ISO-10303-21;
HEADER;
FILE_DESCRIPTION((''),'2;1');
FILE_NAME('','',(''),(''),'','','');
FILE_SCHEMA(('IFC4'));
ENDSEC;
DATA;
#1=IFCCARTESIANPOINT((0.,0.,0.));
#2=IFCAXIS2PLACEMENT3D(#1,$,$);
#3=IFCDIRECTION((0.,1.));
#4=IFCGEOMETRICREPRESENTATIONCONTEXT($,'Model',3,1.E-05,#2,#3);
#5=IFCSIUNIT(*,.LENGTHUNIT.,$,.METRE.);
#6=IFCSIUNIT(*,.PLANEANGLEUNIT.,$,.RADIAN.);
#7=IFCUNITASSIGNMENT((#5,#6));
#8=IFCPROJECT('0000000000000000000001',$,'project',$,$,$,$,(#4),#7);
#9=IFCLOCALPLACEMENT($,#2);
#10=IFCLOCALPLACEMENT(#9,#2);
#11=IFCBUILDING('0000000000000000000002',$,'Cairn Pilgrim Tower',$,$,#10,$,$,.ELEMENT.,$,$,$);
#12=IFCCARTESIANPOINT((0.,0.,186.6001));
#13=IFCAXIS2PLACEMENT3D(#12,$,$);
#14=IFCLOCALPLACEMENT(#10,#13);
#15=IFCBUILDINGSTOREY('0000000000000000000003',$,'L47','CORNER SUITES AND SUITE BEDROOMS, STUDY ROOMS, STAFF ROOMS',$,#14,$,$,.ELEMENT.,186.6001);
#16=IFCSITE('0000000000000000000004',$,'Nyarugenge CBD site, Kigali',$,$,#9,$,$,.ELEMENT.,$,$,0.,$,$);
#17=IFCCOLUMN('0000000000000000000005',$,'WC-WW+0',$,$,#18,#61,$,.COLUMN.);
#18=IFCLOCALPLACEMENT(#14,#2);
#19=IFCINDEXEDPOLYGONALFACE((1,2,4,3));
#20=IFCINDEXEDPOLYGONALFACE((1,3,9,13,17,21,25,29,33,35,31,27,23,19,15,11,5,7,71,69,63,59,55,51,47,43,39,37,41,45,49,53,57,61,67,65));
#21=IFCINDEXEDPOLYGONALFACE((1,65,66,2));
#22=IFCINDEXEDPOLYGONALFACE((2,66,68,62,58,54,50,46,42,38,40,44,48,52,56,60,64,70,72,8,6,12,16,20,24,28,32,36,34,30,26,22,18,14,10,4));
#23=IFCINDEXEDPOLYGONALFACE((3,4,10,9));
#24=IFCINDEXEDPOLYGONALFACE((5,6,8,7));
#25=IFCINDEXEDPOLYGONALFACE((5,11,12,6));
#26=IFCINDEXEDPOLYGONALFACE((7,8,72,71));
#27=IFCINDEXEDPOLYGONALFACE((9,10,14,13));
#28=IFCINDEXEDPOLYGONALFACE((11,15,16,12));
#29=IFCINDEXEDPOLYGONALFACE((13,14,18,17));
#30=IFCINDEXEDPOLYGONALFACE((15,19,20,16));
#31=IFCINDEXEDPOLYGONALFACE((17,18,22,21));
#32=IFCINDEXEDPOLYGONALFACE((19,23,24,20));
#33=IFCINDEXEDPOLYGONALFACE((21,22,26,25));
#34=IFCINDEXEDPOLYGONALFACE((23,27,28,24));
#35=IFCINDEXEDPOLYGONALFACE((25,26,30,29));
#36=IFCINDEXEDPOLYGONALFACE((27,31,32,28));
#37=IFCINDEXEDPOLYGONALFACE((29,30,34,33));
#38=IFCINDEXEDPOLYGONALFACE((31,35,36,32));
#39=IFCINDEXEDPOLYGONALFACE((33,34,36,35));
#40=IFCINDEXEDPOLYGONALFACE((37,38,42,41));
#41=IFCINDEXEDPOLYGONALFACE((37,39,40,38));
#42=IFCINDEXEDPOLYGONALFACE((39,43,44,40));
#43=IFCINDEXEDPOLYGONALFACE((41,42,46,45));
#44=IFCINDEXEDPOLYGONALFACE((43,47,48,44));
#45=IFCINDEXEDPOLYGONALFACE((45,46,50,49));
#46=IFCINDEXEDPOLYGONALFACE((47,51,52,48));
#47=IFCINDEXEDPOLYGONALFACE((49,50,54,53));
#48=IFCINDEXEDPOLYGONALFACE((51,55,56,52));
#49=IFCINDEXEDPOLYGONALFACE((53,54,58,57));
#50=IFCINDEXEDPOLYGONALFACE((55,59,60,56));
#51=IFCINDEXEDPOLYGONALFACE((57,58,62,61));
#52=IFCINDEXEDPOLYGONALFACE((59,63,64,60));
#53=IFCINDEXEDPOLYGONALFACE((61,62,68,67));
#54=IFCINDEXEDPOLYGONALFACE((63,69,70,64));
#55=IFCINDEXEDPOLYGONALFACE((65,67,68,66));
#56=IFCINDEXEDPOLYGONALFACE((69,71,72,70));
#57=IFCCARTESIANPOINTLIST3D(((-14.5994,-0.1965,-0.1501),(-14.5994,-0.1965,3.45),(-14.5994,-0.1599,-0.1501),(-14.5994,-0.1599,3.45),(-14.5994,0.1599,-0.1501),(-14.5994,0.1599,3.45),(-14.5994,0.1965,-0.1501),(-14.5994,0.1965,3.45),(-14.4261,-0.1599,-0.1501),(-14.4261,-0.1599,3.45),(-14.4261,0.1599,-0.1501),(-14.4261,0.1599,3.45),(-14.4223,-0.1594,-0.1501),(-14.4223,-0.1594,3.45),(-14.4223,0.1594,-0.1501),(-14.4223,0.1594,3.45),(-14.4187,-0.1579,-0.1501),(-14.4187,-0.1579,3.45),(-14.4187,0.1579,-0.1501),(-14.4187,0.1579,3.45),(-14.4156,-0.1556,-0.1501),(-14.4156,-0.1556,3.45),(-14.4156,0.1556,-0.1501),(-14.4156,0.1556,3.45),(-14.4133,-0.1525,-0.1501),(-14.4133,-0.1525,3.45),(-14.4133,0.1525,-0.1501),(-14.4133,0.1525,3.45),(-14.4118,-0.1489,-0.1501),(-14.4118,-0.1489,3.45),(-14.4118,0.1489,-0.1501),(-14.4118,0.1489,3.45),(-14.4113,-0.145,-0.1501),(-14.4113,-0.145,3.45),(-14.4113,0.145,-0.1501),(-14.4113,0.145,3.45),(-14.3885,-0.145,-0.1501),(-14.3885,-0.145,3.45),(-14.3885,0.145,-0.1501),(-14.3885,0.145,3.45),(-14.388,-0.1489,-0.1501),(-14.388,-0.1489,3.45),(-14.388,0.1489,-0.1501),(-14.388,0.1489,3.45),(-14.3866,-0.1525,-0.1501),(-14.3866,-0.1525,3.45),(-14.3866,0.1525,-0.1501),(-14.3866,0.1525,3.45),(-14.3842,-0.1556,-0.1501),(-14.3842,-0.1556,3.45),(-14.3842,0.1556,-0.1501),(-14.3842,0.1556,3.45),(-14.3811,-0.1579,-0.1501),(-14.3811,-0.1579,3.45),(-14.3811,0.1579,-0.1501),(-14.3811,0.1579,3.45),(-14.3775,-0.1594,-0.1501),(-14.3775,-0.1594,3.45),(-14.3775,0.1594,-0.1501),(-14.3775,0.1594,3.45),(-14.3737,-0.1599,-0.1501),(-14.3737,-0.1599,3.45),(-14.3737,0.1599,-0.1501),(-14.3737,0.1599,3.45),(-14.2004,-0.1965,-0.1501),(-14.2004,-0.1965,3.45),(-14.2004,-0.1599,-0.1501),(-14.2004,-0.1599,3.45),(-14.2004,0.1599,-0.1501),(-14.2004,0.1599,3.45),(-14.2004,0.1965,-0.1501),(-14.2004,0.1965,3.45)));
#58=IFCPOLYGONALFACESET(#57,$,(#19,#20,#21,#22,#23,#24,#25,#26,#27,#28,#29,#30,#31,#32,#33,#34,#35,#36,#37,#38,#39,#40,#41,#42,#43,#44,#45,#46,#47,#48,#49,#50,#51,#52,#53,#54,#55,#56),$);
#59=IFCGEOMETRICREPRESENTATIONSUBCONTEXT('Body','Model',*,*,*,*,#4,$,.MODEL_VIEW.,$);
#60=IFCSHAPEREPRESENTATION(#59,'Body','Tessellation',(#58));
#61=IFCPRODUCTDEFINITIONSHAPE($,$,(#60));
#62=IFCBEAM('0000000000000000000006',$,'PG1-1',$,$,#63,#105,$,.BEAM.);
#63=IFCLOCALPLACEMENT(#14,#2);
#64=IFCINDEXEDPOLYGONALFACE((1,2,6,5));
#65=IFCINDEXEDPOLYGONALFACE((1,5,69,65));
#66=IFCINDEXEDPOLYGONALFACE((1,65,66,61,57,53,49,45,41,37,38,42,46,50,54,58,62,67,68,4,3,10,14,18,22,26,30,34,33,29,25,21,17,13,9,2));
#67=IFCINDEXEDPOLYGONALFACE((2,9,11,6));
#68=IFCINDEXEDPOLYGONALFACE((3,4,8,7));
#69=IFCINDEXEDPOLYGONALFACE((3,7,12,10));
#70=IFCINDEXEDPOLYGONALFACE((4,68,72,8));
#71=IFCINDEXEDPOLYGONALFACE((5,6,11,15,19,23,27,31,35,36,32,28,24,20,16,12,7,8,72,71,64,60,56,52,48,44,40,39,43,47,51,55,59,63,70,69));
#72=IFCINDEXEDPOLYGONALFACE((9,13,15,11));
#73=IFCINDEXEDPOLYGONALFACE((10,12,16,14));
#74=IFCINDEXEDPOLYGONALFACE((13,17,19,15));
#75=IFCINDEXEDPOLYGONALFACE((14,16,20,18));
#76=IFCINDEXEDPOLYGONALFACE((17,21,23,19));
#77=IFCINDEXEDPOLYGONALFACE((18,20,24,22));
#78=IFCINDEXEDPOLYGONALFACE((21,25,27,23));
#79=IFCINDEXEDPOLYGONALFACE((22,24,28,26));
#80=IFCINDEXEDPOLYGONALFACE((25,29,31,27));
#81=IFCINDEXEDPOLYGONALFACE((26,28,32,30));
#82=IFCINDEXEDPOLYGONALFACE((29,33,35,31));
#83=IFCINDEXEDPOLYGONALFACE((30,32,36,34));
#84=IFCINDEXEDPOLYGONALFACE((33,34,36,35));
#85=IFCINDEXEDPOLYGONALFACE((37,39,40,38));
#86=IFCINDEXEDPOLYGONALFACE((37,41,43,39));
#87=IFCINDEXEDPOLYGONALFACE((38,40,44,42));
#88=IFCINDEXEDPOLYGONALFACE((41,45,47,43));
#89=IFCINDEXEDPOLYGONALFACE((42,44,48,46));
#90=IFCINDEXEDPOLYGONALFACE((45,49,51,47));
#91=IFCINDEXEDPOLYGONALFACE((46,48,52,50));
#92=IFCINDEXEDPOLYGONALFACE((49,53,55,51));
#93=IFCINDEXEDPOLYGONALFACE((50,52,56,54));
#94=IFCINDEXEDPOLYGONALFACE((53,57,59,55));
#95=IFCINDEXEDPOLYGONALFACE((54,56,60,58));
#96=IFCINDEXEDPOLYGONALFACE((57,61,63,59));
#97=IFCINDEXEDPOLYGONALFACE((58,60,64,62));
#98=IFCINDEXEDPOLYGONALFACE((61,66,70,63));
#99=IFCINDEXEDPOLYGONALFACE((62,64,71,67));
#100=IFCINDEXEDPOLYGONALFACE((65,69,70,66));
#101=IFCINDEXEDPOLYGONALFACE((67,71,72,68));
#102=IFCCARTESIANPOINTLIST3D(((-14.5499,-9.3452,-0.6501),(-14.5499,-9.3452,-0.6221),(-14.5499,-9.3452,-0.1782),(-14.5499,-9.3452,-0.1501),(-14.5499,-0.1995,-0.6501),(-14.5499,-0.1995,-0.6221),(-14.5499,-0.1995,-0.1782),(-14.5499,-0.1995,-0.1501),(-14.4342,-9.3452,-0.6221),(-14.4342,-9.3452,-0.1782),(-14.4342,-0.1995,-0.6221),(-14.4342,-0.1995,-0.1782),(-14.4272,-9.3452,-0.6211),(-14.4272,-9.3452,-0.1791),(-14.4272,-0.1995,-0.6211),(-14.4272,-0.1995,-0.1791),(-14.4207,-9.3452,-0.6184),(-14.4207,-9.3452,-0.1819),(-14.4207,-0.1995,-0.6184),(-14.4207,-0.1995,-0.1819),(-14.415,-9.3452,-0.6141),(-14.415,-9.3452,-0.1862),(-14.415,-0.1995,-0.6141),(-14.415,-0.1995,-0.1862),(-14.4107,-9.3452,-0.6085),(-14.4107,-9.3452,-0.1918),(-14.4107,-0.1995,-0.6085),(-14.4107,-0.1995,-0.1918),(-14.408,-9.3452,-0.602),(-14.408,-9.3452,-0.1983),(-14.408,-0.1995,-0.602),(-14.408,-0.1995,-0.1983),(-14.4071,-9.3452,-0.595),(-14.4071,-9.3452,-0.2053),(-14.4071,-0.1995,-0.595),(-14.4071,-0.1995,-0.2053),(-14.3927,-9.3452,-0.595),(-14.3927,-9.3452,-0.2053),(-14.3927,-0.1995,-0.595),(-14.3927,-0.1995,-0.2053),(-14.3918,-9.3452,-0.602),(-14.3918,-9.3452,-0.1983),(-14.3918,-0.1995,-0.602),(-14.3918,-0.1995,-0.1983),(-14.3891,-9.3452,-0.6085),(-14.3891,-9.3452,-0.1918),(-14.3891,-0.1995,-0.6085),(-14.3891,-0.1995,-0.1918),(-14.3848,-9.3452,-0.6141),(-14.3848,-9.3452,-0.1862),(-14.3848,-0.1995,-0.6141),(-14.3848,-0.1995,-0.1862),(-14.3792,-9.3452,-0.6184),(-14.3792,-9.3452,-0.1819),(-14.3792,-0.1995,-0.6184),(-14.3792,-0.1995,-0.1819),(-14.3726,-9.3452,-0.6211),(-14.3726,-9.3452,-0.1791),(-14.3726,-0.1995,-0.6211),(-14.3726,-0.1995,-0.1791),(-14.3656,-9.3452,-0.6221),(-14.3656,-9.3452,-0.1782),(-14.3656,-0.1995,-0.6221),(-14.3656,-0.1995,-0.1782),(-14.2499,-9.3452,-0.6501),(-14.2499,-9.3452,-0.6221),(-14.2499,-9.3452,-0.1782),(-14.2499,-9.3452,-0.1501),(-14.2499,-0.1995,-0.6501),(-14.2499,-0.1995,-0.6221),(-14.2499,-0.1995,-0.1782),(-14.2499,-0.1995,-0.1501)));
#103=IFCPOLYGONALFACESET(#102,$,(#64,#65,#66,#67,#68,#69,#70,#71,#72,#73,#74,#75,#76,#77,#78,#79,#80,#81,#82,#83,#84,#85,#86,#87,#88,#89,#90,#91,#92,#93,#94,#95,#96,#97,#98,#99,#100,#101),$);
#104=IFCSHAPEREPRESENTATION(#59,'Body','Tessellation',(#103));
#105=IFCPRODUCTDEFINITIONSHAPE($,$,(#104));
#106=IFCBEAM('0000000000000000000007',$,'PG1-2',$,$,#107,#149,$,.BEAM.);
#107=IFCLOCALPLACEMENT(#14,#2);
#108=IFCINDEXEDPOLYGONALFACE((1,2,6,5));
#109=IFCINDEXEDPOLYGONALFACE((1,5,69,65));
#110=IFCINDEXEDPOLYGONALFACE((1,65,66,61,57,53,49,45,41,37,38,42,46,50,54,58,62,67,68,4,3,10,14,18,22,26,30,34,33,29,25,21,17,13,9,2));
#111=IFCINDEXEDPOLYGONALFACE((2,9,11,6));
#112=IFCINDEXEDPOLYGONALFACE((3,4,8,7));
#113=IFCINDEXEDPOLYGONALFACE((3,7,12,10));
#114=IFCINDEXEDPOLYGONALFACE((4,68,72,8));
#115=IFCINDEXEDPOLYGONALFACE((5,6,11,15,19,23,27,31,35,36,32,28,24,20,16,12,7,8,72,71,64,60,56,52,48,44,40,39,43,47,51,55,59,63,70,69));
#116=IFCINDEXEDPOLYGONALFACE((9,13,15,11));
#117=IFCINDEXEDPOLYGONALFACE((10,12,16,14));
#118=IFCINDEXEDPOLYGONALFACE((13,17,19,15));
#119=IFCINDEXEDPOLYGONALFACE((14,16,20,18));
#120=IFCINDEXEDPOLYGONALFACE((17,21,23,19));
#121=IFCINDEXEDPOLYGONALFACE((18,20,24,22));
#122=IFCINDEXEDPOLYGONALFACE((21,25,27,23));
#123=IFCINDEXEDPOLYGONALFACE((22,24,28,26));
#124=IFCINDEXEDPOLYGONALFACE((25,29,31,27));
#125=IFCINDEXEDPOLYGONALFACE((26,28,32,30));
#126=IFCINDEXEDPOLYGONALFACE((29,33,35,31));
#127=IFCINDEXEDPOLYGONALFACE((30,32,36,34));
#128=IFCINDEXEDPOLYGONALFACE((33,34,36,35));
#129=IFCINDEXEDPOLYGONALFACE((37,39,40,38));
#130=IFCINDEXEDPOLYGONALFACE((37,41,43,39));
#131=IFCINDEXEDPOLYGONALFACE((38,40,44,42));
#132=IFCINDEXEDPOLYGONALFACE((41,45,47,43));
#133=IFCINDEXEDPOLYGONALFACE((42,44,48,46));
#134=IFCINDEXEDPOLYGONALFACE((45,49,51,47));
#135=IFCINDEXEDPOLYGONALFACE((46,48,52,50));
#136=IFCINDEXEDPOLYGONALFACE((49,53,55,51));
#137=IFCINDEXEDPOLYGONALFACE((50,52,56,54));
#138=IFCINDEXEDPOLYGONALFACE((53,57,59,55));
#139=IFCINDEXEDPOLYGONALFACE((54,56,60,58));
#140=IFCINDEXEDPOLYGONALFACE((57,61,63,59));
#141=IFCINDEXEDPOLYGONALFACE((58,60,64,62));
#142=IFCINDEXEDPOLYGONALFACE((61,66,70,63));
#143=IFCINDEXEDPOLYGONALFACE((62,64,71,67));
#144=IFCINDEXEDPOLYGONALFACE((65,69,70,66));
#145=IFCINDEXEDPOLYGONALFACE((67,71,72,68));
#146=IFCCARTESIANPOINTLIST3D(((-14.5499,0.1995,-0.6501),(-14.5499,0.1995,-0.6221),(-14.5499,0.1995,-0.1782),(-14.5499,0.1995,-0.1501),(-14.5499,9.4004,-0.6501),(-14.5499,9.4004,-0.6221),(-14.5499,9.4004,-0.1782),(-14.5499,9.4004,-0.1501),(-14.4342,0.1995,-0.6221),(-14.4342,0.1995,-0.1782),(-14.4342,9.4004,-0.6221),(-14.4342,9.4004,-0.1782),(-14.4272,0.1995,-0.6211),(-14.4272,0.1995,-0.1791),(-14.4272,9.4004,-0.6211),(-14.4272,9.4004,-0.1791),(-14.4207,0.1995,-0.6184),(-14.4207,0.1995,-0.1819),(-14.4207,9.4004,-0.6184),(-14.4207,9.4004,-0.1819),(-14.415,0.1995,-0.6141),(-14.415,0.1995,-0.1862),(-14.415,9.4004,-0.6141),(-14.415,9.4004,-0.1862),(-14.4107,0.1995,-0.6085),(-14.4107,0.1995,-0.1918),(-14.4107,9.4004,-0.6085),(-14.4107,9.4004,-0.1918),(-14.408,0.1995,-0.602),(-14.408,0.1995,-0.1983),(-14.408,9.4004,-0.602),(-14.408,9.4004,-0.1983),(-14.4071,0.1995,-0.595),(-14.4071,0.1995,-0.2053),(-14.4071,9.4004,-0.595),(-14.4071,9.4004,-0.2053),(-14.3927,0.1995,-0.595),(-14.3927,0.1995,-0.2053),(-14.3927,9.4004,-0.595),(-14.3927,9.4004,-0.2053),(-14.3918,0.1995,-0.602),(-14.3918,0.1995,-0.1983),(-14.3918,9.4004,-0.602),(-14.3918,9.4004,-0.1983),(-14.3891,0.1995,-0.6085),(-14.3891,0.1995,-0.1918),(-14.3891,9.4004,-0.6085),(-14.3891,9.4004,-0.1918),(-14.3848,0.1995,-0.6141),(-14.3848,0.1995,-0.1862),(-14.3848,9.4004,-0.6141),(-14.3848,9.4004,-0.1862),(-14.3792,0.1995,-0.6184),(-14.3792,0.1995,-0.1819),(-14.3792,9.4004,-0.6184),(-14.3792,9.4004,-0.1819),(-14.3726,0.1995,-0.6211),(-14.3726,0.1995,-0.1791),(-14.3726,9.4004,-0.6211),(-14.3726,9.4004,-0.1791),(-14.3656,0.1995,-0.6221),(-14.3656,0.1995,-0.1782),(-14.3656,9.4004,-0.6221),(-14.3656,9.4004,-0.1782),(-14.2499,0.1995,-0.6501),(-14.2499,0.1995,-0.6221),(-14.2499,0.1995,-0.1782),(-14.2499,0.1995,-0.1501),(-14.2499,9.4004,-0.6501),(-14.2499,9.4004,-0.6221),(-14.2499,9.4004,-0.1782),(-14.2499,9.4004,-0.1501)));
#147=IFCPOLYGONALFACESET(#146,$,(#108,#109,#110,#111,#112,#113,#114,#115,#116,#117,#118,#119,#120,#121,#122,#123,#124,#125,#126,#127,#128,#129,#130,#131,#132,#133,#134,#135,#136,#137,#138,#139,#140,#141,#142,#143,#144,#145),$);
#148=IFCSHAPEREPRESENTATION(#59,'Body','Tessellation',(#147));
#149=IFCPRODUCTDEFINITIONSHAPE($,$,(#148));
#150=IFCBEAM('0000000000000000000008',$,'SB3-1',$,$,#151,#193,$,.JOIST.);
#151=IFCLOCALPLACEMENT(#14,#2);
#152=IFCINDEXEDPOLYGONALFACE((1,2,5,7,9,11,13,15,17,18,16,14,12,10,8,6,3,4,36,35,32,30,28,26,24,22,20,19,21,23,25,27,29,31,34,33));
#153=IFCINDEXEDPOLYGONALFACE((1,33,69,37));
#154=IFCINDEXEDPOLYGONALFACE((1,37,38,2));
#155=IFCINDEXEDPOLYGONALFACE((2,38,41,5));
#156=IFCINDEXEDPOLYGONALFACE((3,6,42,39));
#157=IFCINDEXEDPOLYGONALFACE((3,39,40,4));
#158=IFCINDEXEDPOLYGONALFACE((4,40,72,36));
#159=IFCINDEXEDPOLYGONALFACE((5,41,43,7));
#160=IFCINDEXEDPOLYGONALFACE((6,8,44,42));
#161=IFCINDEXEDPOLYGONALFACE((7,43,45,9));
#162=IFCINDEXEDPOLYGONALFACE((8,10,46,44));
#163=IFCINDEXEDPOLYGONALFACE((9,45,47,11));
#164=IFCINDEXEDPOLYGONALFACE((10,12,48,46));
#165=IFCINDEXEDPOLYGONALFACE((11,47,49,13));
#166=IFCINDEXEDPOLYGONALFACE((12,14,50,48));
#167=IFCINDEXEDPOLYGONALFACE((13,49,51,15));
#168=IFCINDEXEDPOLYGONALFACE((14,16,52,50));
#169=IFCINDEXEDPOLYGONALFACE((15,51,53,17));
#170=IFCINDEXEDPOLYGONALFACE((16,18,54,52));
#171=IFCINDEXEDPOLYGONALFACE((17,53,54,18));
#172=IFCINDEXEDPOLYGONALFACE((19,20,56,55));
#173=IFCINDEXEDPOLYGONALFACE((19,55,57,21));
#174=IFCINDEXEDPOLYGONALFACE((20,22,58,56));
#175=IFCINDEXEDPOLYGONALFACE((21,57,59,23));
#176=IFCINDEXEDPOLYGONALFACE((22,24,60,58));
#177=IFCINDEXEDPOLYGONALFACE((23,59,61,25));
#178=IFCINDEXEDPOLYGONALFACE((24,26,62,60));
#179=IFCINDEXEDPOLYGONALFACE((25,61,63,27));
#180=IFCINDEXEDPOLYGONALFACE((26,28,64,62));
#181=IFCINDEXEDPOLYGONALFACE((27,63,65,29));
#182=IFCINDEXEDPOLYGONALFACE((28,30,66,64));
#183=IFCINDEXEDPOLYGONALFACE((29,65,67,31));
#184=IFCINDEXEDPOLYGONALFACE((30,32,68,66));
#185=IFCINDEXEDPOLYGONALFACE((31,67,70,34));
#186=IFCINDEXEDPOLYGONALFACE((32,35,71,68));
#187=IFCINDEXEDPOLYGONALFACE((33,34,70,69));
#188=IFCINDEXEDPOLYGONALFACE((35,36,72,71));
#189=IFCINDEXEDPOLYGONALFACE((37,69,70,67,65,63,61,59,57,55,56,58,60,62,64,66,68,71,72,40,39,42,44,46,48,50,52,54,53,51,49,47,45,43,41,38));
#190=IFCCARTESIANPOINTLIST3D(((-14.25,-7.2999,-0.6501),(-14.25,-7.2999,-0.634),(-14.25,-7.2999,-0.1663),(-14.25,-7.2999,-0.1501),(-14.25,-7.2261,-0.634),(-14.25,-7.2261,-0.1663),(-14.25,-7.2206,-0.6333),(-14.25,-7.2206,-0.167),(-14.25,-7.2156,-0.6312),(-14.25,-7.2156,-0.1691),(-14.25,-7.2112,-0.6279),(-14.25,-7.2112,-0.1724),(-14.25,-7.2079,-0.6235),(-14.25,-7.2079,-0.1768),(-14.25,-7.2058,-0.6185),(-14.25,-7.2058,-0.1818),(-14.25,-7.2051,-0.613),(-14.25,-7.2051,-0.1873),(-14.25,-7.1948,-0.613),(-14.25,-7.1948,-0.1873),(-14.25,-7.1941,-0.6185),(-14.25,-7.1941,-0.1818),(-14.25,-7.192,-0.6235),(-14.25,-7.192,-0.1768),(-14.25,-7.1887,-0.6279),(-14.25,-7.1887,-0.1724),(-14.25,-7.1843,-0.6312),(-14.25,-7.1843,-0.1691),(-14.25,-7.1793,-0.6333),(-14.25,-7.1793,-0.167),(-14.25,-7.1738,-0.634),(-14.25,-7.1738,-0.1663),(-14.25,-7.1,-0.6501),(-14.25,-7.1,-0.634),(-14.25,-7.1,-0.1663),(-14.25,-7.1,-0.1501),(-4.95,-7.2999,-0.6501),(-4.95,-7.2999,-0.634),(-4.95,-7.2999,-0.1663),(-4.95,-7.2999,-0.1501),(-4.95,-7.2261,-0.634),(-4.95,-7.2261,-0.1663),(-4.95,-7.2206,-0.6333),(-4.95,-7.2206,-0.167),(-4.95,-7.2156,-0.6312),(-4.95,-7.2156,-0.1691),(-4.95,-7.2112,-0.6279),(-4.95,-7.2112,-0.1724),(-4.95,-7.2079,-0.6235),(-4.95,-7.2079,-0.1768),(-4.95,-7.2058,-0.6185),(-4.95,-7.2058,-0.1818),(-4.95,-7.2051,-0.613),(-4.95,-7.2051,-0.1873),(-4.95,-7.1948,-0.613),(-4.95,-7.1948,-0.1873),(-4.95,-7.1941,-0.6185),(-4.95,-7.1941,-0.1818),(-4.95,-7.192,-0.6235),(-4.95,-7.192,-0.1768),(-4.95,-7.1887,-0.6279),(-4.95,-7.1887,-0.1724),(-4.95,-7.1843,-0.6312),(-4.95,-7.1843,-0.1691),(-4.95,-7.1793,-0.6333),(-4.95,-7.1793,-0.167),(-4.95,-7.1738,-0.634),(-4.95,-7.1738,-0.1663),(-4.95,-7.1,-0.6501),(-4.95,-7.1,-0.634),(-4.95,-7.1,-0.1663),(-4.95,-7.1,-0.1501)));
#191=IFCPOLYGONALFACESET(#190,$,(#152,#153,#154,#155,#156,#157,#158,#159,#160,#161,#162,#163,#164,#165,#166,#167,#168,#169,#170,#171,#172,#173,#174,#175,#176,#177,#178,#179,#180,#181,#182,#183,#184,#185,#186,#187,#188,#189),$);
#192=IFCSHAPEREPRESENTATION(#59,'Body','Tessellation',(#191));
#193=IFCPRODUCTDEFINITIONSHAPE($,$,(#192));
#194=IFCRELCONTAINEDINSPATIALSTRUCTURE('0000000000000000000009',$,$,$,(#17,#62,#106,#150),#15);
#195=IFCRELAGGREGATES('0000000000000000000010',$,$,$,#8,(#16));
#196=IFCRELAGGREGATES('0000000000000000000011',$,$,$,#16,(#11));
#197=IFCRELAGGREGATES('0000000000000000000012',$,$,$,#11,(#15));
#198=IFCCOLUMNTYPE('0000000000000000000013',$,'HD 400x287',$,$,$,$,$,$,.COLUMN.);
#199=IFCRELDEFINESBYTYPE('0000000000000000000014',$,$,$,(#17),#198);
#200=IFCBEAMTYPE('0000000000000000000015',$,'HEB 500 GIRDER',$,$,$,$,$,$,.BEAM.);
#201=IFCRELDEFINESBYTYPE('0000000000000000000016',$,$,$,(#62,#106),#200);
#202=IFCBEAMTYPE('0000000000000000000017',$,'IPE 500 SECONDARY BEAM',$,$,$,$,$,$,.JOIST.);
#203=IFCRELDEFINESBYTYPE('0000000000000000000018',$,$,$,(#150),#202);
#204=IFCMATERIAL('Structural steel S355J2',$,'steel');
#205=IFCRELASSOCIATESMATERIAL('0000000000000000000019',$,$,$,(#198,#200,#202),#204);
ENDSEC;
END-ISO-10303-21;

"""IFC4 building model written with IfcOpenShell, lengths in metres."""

from ifc_helpers import new_model, si_unit, direction, frame, origin, origin_2d, place, context, subcontext, project, spatial, i_section, extrude, material, material_profile, profile_set, type_object, element, save


model = new_model("IFC4")

# Units and contexts
model_context = context("Model", 3, precision=1e-05, world=origin(), true_north=direction((0.0, 1.0)))
body_context = subcontext(model_context, "Body", "Model", "MODEL_VIEW")
ifc_project = project(units=[si_unit("LENGTHUNIT", "METRE"), si_unit("PLANEANGLEUNIT", "RADIAN")], contexts=[model_context])

# Site, building, storey
site_placement = place(None, origin())
site = spatial("IfcSite", under=ifc_project, at=site_placement, Name="Nyarugenge CBD site, Kigali", CompositionType="ELEMENT", RefElevation=0.0)
building_placement = place(site_placement, origin())
building = spatial("IfcBuilding", under=site, at=building_placement, Name="Cairn Pilgrim Tower", CompositionType="ELEMENT")
storey_placement = place(building_placement, frame((0.0, 0.0, 186.6001)))
storey = spatial("IfcBuildingStorey", under=building, at=storey_placement, Name="L47", Description="CORNER SUITES AND SUITE BEDROOMS, STUDY ROOMS, STAFF ROOMS", CompositionType="ELEMENT", Elevation=186.6001)

# Column
ifc_material_1 = material(Name="Structural steel S355J2", Category="steel")
ifc_material_profile_1 = material_profile(ifc_material_1, i_section(OverallWidth=0.3989, OverallDepth=0.3931, WebThickness=0.0227, FlangeThickness=0.0366, FilletRadius=0.0149, at=origin_2d()), Name="HD 400x287")
ifc_profile_set_1 = profile_set([ifc_material_profile_1], Name="Structural steel S355J2")
column_type = type_object("IfcColumnType", Name="HD 400x287", PredefinedType="COLUMN", material=ifc_profile_set_1)
column_placement = place(storey_placement, frame((-14.3999, 0.0, -0.1501), z_axis=(0.0, 0.0, 1.0), x_axis=(1.0, 0.0, 0.0)))
element("IfcColumn", 1, at=column_placement, inside=storey, type_object=column_type, Name="WC-WW+0", PredefinedType="COLUMN", context=body_context, shape_type="SweptSolid", body=[
    extrude(i_section(OverallWidth=0.3989, OverallDepth=0.3931, WebThickness=0.0227, FlangeThickness=0.0366, FilletRadius=0.0149, at=origin_2d()), origin(), (0.0, 0.0, 1.0), 3.6001),
])

# Beams
ifc_material_profile_2 = material_profile(ifc_material_1, i_section(OverallWidth=0.3, OverallDepth=0.5, WebThickness=0.0144, FlangeThickness=0.0281, FilletRadius=0.0271, at=origin_2d()), Name="HEB 500")
ifc_profile_set_2 = profile_set([ifc_material_profile_2], Name="Structural steel S355J2")
beam_type_1 = type_object("IfcBeamType", Name="HEB 500 GIRDER", PredefinedType="BEAM", material=ifc_profile_set_2)
beam_1_placement = place(storey_placement, frame((-14.3999, -9.3452, -0.4001), z_axis=(0.0, 1.0, 0.0), x_axis=(-1.0, 0.0, 0.0)))
element("IfcBeam", 2, at=beam_1_placement, inside=storey, type_object=beam_type_1, Name="PG1-1", PredefinedType="BEAM", context=body_context, shape_type="SweptSolid", body=[
    extrude(i_section(OverallWidth=0.3, OverallDepth=0.5, WebThickness=0.0144, FlangeThickness=0.0281, FilletRadius=0.0271, at=origin_2d()), origin(), (0.0, 0.0, 1.0), 9.1458),
])
beam_2_placement = place(storey_placement, frame((-14.3999, 0.1995, -0.4001), z_axis=(0.0, 1.0, 0.0), x_axis=(-1.0, 0.0, 0.0)))
element("IfcBeam", 3, at=beam_2_placement, inside=storey, type_object=beam_type_1, Name="PG1-2", PredefinedType="BEAM", context=body_context, shape_type="SweptSolid", body=[
    extrude(i_section(OverallWidth=0.3, OverallDepth=0.5, WebThickness=0.0144, FlangeThickness=0.0281, FilletRadius=0.0271, at=origin_2d()), origin(), (0.0, 0.0, 1.0), 9.2009),
])
ifc_material_profile_3 = material_profile(ifc_material_1, i_section(OverallWidth=0.2, OverallDepth=0.5, WebThickness=0.0103, FlangeThickness=0.0161, FilletRadius=0.021, at=origin_2d()), Name="IPE 500")
ifc_profile_set_3 = profile_set([ifc_material_profile_3], Name="Structural steel S355J2")
beam_type_2 = type_object("IfcBeamType", Name="IPE 500 SECONDARY BEAM", PredefinedType="JOIST", material=ifc_profile_set_3)
for number, where, z_axis, x_axis, name in (
    (4, (-14.25, -7.2, -0.4001), (1.0, 0.0, 0.0), (0.0, 1.0, 0.0), "SB3-1"),
):
    element("IfcBeam", number, at=place(storey_placement, frame(where, z_axis=z_axis, x_axis=x_axis)), inside=storey, type_object=beam_type_2, Name=name, PredefinedType="JOIST", context=body_context, shape_type="SweptSolid", body=[
        extrude(i_section(OverallWidth=0.2, OverallDepth=0.5, WebThickness=0.0103, FlangeThickness=0.0161, FilletRadius=0.021, at=origin_2d()), origin(), (0.0, 0.0, 1.0), 9.3),
    ])

save(model, "model.ifc")
